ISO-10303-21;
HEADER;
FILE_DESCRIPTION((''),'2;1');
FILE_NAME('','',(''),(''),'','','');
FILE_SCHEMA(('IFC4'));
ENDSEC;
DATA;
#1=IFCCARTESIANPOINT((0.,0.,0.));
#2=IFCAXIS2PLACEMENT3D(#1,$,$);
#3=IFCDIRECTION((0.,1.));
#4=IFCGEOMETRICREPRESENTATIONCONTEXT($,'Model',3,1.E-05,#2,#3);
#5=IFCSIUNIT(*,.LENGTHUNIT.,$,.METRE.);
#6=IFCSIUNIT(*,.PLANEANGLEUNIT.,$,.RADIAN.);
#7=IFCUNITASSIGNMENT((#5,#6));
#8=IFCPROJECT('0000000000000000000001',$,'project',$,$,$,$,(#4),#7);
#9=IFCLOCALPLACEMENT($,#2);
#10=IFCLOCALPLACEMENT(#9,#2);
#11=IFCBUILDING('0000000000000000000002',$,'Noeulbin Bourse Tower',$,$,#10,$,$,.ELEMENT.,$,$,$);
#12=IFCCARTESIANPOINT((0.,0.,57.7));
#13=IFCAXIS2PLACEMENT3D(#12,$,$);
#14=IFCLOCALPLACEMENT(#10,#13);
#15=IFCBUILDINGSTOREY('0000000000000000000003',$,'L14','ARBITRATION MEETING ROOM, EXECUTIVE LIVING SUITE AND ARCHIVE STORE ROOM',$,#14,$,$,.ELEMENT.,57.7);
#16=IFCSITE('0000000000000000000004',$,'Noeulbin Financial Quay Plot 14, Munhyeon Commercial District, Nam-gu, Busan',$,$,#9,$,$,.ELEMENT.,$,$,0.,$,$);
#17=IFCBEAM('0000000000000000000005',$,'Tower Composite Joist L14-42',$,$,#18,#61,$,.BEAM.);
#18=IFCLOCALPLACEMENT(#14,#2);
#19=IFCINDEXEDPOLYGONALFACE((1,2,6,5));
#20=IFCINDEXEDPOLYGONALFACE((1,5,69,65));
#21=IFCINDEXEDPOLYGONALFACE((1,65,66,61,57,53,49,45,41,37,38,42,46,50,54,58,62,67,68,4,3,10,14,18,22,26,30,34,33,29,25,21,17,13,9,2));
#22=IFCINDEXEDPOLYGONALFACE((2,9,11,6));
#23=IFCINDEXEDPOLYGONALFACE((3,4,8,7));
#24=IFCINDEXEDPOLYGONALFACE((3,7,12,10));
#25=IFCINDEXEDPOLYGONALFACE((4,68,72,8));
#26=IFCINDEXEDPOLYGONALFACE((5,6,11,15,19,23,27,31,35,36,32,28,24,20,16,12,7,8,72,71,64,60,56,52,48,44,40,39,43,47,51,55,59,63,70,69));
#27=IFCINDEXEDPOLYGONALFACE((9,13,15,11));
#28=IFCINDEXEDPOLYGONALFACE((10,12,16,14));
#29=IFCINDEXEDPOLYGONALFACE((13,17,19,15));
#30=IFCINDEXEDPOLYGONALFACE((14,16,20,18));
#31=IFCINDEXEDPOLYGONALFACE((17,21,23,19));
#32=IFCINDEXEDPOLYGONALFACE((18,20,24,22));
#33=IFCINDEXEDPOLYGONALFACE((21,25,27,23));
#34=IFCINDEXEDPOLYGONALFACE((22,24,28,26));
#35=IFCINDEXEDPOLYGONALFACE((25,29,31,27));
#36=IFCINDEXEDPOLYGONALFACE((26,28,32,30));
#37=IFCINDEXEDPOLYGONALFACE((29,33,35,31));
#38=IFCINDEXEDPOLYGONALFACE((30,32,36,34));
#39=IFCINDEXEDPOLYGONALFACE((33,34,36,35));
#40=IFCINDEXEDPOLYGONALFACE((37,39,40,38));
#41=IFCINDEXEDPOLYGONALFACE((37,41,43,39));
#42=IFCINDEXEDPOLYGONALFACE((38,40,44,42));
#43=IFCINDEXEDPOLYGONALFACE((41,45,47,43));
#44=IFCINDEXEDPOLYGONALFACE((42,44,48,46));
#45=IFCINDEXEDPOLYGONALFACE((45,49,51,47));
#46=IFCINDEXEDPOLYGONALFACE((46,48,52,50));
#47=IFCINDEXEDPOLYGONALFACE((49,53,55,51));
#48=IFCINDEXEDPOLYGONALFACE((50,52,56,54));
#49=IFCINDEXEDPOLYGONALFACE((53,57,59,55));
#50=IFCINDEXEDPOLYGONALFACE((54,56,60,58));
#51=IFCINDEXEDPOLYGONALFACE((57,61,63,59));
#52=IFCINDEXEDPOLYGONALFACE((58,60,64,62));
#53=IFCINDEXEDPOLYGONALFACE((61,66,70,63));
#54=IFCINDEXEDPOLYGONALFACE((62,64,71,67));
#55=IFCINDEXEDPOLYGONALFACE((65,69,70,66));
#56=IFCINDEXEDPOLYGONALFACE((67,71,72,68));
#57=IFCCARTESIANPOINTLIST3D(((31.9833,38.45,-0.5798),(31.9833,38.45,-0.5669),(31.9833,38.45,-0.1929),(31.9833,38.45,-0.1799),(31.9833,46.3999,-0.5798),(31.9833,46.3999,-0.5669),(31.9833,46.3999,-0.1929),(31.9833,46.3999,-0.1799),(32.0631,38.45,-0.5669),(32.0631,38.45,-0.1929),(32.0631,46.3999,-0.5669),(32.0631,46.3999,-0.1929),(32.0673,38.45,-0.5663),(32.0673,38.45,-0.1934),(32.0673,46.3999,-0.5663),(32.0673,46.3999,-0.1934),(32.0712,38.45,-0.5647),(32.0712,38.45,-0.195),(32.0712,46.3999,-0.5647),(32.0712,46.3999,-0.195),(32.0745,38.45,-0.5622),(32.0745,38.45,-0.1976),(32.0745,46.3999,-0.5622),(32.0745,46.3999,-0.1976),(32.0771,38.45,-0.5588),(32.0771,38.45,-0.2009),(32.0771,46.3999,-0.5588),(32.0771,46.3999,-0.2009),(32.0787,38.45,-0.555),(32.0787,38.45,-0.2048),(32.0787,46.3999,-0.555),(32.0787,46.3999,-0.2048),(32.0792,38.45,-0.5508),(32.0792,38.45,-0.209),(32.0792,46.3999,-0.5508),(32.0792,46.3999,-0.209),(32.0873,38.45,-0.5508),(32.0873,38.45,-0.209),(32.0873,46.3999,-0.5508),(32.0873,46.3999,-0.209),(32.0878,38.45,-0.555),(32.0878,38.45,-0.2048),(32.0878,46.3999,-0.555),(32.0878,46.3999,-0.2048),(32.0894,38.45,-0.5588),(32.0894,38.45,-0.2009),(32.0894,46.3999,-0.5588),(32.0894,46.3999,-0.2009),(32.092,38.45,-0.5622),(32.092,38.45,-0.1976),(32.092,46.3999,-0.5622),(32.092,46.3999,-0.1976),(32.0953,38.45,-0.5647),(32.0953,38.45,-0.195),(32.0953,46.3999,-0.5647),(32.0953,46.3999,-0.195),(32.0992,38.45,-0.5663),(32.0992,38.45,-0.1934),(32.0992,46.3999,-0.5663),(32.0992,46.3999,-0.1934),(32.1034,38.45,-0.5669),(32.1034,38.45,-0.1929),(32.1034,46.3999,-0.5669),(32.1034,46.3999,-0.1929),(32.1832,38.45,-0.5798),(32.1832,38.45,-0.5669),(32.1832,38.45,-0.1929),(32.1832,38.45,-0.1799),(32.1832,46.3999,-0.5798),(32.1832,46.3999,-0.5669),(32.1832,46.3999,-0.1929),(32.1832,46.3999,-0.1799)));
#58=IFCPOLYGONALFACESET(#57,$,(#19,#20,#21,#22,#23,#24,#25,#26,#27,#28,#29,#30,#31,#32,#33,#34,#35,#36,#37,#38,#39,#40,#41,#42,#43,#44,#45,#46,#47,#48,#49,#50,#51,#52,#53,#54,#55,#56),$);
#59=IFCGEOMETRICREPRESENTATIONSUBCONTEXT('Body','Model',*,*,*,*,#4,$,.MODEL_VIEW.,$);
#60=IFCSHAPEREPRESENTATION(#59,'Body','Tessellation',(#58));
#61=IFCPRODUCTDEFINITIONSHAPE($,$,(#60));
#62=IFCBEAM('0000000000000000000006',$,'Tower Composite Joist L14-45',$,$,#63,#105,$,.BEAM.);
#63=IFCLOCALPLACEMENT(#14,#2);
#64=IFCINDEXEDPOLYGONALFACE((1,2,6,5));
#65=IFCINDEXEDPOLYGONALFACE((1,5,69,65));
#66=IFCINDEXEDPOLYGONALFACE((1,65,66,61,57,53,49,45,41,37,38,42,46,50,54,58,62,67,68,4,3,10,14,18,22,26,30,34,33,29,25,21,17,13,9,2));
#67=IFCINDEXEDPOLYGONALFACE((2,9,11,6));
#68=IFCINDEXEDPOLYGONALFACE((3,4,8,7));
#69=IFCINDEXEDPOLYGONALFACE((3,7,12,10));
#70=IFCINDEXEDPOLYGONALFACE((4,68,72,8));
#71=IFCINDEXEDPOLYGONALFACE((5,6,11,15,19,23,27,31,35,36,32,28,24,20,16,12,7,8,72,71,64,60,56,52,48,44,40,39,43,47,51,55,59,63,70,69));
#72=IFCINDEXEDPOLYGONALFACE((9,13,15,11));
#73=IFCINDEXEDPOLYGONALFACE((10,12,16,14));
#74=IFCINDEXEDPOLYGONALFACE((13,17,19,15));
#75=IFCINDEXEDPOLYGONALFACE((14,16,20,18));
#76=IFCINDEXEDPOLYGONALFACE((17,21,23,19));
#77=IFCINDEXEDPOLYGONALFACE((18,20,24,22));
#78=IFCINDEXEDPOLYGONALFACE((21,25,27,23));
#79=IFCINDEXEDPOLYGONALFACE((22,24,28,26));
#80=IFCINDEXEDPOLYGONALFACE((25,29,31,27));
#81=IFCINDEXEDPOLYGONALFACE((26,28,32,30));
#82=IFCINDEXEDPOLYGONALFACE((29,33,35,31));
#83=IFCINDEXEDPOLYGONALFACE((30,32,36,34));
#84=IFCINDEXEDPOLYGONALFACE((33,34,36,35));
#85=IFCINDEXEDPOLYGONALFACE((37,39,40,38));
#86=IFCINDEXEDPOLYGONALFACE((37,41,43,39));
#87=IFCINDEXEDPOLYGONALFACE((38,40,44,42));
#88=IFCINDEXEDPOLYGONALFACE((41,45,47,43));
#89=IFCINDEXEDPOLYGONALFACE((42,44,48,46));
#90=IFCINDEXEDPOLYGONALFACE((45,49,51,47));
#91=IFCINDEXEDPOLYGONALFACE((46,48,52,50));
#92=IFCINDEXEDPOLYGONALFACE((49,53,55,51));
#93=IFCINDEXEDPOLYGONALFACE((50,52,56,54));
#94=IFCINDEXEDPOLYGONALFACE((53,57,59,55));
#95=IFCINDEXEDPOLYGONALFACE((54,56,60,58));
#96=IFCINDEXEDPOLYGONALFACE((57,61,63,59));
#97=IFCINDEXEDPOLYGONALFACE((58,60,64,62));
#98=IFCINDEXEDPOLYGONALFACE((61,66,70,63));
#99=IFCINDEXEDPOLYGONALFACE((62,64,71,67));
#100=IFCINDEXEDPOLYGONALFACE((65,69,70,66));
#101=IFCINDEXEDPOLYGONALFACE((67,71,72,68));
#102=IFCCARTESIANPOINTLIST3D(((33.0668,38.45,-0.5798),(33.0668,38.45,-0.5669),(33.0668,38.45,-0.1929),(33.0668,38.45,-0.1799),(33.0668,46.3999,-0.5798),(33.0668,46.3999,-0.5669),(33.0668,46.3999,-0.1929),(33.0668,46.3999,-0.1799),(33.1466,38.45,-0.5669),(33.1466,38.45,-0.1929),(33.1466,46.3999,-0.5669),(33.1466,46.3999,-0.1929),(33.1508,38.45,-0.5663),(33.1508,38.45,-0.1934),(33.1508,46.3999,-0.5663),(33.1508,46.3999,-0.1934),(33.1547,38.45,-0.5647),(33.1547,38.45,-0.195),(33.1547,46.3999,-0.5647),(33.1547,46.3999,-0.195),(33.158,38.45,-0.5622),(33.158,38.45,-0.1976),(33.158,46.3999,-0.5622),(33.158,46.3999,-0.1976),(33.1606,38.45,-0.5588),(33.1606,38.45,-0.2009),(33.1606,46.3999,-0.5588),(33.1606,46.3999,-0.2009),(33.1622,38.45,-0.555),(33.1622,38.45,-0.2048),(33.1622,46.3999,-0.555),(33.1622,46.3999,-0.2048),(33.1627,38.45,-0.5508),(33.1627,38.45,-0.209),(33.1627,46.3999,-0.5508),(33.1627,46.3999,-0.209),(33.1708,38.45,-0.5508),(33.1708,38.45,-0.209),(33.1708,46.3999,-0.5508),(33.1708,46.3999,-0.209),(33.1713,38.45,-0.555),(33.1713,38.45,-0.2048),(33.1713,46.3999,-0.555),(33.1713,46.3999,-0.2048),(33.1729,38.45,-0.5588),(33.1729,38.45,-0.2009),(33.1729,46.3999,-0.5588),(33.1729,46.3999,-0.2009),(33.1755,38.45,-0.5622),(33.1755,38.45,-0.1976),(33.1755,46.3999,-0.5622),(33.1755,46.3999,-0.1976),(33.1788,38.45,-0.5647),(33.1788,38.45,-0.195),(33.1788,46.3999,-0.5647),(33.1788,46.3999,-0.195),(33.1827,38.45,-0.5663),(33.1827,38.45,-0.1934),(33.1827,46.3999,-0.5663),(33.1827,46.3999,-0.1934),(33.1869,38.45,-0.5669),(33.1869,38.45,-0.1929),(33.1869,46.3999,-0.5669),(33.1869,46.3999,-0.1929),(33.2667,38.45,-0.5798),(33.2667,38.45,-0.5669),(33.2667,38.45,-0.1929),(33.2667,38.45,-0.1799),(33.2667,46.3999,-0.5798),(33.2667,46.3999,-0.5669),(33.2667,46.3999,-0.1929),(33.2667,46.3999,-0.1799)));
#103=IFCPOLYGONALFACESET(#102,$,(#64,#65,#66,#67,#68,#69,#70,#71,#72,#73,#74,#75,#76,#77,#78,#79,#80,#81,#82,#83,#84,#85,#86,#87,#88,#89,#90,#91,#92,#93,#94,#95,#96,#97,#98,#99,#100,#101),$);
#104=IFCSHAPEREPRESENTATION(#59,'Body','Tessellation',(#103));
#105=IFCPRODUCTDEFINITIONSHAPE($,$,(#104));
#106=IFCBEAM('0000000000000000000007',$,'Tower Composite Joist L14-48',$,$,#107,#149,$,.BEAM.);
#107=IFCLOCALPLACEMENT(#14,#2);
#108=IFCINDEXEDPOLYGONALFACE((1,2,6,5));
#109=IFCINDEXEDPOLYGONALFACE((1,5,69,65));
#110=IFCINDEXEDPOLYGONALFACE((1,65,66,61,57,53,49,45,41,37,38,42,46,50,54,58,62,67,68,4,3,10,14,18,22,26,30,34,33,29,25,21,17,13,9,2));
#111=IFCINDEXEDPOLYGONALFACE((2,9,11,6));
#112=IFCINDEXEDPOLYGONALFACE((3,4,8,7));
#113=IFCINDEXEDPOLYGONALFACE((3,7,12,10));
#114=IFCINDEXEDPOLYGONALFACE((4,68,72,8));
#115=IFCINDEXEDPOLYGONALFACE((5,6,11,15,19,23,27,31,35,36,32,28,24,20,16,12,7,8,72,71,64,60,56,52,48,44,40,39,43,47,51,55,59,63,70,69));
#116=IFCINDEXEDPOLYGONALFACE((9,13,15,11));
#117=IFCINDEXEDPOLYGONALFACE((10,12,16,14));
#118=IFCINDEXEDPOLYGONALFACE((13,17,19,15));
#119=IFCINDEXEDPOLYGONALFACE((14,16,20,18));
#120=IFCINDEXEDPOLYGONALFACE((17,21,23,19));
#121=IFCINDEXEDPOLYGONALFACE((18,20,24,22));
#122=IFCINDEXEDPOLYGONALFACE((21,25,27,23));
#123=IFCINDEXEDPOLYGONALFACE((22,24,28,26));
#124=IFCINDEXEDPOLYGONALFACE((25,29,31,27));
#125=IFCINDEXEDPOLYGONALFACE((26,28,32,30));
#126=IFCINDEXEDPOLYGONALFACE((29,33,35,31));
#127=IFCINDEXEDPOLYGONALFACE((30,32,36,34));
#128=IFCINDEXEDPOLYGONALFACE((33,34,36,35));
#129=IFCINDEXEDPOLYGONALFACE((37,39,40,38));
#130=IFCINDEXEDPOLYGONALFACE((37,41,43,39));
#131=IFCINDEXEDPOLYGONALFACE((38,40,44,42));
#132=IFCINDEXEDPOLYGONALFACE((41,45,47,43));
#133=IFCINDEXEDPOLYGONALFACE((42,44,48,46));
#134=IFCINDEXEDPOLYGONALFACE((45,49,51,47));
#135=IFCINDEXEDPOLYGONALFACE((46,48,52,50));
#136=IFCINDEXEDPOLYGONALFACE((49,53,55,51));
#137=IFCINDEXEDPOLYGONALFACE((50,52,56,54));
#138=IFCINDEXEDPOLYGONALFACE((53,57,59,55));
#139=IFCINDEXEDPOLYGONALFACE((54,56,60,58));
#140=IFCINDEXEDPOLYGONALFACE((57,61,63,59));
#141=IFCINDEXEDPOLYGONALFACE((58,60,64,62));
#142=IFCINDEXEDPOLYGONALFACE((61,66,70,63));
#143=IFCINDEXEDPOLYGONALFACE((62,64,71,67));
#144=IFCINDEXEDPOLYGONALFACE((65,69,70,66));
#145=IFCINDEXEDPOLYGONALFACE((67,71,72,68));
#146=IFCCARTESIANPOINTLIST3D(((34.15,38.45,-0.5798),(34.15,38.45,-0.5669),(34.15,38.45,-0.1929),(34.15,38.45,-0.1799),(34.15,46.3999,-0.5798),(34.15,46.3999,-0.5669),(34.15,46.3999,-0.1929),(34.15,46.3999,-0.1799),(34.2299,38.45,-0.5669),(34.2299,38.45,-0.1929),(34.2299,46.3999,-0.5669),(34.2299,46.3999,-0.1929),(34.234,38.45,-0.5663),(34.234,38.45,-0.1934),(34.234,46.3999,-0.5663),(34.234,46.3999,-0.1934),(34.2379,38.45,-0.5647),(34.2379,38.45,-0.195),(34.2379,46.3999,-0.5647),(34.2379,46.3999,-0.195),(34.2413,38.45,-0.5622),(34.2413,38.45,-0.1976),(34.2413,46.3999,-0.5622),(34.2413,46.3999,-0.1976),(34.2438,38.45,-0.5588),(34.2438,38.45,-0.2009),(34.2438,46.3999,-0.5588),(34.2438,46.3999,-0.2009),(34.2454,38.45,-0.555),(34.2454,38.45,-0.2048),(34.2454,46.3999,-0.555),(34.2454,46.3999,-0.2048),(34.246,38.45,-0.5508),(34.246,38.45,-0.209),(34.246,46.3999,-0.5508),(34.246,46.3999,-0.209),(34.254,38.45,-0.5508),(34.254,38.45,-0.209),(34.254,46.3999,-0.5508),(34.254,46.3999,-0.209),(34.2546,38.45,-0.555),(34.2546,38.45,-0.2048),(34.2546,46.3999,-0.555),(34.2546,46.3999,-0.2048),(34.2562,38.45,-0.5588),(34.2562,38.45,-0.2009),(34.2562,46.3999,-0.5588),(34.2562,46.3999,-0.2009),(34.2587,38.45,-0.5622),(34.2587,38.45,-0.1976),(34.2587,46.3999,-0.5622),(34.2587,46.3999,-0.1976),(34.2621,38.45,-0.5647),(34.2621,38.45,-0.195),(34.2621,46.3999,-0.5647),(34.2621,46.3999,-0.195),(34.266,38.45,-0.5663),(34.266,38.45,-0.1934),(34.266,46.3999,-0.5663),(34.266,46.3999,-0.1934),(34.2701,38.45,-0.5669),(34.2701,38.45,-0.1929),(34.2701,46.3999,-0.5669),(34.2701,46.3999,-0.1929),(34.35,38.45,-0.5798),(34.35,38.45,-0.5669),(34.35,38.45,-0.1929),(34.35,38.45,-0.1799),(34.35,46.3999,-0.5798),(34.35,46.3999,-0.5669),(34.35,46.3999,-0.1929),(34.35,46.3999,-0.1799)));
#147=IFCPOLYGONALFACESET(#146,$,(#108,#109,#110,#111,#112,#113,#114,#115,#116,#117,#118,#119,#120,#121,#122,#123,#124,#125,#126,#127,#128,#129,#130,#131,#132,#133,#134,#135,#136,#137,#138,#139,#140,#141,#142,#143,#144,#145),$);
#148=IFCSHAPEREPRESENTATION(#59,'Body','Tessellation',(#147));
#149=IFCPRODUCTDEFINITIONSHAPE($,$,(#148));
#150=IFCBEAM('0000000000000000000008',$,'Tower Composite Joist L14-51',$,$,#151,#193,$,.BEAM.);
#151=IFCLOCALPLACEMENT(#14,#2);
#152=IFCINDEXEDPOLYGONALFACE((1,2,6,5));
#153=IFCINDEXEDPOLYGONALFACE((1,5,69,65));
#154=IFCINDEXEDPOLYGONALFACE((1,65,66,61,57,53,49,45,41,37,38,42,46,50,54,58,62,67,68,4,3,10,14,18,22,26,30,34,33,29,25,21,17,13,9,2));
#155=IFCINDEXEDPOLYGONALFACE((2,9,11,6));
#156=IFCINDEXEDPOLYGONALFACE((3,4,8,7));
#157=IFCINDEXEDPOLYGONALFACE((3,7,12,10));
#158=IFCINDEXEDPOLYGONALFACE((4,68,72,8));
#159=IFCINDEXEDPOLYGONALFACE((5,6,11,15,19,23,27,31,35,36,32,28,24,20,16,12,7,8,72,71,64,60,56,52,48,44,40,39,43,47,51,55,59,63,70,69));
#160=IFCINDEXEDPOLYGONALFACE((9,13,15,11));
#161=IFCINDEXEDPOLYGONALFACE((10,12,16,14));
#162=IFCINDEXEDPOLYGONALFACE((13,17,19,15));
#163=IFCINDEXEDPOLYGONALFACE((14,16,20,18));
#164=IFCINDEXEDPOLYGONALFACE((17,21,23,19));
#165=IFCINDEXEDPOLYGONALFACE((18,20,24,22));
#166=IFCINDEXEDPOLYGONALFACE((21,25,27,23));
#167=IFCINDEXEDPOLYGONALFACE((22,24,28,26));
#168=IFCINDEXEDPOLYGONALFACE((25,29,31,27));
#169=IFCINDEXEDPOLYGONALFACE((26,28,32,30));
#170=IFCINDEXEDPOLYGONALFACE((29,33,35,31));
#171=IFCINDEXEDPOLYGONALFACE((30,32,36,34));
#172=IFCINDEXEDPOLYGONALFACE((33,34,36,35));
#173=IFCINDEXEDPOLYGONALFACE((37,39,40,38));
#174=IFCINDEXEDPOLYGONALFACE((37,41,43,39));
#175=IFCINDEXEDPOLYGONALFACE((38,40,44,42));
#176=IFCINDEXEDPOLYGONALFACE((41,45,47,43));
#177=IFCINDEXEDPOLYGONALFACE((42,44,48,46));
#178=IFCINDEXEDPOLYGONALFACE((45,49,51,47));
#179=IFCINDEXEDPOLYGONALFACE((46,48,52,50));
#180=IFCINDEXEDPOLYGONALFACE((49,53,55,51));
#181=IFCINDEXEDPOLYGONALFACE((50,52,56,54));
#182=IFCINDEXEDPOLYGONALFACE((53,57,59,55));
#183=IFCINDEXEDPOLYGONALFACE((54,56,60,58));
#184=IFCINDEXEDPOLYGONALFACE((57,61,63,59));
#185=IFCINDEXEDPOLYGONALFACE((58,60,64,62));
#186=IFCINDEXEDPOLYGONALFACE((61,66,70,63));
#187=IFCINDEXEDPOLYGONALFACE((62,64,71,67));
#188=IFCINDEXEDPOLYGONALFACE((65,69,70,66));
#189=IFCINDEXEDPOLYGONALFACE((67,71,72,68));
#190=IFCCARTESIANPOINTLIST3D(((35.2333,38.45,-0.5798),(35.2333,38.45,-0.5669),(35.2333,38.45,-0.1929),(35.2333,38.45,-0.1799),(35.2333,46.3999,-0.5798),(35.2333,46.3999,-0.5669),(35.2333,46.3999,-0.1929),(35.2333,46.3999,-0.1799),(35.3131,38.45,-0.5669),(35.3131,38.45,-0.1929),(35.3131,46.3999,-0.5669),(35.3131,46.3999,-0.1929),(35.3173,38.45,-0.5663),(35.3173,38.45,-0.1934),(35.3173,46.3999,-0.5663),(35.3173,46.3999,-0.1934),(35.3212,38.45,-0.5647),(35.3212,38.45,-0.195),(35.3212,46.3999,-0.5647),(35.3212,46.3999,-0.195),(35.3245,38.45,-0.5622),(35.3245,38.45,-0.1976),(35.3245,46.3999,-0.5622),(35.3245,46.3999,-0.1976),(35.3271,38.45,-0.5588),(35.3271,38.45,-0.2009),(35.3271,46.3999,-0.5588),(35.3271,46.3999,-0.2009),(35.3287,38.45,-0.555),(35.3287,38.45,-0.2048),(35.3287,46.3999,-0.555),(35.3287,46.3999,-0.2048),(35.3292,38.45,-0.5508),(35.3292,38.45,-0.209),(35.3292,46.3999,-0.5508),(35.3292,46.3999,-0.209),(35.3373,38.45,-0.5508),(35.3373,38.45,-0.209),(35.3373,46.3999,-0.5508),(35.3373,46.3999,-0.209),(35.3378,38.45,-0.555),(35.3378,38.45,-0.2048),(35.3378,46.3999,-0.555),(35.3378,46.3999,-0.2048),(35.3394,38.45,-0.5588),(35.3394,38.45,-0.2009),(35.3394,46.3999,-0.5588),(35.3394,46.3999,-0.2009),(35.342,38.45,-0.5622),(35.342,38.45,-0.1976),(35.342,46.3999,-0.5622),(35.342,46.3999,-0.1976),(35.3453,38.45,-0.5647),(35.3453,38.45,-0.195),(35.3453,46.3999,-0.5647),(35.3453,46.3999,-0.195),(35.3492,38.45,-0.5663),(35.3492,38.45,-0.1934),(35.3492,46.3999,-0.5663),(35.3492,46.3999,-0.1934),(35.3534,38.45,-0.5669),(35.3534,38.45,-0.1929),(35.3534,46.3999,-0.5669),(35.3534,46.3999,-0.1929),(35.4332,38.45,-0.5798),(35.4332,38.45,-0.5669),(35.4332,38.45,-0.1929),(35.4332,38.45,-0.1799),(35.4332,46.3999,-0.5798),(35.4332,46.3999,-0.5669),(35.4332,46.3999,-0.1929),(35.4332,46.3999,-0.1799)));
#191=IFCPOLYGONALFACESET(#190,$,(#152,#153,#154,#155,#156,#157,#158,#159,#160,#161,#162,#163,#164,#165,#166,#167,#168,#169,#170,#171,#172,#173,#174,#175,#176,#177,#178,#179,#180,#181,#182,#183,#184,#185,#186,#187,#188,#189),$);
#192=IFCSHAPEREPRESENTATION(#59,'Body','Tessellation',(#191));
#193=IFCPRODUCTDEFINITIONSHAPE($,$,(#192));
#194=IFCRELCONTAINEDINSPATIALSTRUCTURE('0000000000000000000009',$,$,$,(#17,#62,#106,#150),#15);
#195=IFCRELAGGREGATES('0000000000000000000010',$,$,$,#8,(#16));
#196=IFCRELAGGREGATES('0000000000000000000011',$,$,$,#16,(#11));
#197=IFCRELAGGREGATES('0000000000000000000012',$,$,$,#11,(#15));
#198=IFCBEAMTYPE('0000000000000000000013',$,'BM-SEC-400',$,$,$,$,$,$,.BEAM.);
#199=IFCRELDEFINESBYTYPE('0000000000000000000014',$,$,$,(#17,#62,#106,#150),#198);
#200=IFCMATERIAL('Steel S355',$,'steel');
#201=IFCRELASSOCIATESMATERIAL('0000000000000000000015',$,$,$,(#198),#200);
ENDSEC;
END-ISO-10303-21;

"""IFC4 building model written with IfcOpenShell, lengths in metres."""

from ifc_helpers import new_model, si_unit, direction, frame, origin, origin_2d, place, context, subcontext, project, spatial, i_section, extrude, material, material_profile, profile_set, type_object, element, save


model = new_model("IFC4")

# Units and contexts
model_context = context("Model", 3, precision=1e-05, world=origin(), true_north=direction((0.0, 1.0)))
body_context = subcontext(model_context, "Body", "Model", "MODEL_VIEW")
ifc_project = project(units=[si_unit("LENGTHUNIT", "METRE"), si_unit("PLANEANGLEUNIT", "RADIAN")], contexts=[model_context])

# Site, building, storey
site_placement = place(None, origin())
site = spatial("IfcSite", under=ifc_project, at=site_placement, Name="Noeulbin Financial Quay Plot 14, Munhyeon Commercial District, Nam-gu, Busan", CompositionType="ELEMENT", RefElevation=0.0)
building_placement = place(site_placement, origin())
building = spatial("IfcBuilding", under=site, at=building_placement, Name="Noeulbin Bourse Tower", CompositionType="ELEMENT")
storey_placement = place(building_placement, frame((0.0, 0.0, 57.7)))
storey = spatial("IfcBuildingStorey", under=building, at=storey_placement, Name="L14", Description="ARBITRATION MEETING ROOM, EXECUTIVE LIVING SUITE AND ARCHIVE STORE ROOM", CompositionType="ELEMENT", Elevation=57.7)

# Beams
ifc_material_1 = material(Name="Steel S355", Category="steel")
ifc_material_profile_1 = material_profile(ifc_material_1, i_section(OverallWidth=0.2, OverallDepth=0.3999, WebThickness=0.0081, FlangeThickness=0.0129, FilletRadius=0.0161, at=origin_2d()), Name="H-400x200x8x13", Category="LoadBearing")
ifc_profile_set_1 = profile_set([ifc_material_profile_1], Name="Steel S355")
beam_type_1 = type_object("IfcBeamType", Name="BM-SEC-400", PredefinedType="BEAM", material=ifc_profile_set_1)
for number, where, z_axis, x_axis, name in (
    (1, (32.0833, 38.45, -0.3799), (0.0, 1.0, 0.0), (-1.0, 0.0, 0.0), "Tower Composite Joist L14-42"),
    (2, (33.1667, 38.45, -0.3799), (0.0, 1.0, 0.0), (-1.0, 0.0, 0.0), "Tower Composite Joist L14-45"),
    (3, (34.25, 38.45, -0.3799), (0.0, 1.0, 0.0), (-1.0, 0.0, 0.0), "Tower Composite Joist L14-48"),
    (4, (35.3333, 38.45, -0.3799), (0.0, 1.0, 0.0), (-1.0, 0.0, 0.0), "Tower Composite Joist L14-51"),
):
    element("IfcBeam", number, at=place(storey_placement, frame(where, z_axis=z_axis, x_axis=x_axis)), inside=storey, type_object=beam_type_1, Name=name, PredefinedType="BEAM", context=body_context, shape_type="SweptSolid", body=[
        extrude(i_section(OverallWidth=0.2, OverallDepth=0.3999, WebThickness=0.0081, FlangeThickness=0.0129, FilletRadius=0.0161, at=origin_2d()), origin(), (0.0, 0.0, 1.0), 7.95),
    ])

save(model, "model.ifc")
